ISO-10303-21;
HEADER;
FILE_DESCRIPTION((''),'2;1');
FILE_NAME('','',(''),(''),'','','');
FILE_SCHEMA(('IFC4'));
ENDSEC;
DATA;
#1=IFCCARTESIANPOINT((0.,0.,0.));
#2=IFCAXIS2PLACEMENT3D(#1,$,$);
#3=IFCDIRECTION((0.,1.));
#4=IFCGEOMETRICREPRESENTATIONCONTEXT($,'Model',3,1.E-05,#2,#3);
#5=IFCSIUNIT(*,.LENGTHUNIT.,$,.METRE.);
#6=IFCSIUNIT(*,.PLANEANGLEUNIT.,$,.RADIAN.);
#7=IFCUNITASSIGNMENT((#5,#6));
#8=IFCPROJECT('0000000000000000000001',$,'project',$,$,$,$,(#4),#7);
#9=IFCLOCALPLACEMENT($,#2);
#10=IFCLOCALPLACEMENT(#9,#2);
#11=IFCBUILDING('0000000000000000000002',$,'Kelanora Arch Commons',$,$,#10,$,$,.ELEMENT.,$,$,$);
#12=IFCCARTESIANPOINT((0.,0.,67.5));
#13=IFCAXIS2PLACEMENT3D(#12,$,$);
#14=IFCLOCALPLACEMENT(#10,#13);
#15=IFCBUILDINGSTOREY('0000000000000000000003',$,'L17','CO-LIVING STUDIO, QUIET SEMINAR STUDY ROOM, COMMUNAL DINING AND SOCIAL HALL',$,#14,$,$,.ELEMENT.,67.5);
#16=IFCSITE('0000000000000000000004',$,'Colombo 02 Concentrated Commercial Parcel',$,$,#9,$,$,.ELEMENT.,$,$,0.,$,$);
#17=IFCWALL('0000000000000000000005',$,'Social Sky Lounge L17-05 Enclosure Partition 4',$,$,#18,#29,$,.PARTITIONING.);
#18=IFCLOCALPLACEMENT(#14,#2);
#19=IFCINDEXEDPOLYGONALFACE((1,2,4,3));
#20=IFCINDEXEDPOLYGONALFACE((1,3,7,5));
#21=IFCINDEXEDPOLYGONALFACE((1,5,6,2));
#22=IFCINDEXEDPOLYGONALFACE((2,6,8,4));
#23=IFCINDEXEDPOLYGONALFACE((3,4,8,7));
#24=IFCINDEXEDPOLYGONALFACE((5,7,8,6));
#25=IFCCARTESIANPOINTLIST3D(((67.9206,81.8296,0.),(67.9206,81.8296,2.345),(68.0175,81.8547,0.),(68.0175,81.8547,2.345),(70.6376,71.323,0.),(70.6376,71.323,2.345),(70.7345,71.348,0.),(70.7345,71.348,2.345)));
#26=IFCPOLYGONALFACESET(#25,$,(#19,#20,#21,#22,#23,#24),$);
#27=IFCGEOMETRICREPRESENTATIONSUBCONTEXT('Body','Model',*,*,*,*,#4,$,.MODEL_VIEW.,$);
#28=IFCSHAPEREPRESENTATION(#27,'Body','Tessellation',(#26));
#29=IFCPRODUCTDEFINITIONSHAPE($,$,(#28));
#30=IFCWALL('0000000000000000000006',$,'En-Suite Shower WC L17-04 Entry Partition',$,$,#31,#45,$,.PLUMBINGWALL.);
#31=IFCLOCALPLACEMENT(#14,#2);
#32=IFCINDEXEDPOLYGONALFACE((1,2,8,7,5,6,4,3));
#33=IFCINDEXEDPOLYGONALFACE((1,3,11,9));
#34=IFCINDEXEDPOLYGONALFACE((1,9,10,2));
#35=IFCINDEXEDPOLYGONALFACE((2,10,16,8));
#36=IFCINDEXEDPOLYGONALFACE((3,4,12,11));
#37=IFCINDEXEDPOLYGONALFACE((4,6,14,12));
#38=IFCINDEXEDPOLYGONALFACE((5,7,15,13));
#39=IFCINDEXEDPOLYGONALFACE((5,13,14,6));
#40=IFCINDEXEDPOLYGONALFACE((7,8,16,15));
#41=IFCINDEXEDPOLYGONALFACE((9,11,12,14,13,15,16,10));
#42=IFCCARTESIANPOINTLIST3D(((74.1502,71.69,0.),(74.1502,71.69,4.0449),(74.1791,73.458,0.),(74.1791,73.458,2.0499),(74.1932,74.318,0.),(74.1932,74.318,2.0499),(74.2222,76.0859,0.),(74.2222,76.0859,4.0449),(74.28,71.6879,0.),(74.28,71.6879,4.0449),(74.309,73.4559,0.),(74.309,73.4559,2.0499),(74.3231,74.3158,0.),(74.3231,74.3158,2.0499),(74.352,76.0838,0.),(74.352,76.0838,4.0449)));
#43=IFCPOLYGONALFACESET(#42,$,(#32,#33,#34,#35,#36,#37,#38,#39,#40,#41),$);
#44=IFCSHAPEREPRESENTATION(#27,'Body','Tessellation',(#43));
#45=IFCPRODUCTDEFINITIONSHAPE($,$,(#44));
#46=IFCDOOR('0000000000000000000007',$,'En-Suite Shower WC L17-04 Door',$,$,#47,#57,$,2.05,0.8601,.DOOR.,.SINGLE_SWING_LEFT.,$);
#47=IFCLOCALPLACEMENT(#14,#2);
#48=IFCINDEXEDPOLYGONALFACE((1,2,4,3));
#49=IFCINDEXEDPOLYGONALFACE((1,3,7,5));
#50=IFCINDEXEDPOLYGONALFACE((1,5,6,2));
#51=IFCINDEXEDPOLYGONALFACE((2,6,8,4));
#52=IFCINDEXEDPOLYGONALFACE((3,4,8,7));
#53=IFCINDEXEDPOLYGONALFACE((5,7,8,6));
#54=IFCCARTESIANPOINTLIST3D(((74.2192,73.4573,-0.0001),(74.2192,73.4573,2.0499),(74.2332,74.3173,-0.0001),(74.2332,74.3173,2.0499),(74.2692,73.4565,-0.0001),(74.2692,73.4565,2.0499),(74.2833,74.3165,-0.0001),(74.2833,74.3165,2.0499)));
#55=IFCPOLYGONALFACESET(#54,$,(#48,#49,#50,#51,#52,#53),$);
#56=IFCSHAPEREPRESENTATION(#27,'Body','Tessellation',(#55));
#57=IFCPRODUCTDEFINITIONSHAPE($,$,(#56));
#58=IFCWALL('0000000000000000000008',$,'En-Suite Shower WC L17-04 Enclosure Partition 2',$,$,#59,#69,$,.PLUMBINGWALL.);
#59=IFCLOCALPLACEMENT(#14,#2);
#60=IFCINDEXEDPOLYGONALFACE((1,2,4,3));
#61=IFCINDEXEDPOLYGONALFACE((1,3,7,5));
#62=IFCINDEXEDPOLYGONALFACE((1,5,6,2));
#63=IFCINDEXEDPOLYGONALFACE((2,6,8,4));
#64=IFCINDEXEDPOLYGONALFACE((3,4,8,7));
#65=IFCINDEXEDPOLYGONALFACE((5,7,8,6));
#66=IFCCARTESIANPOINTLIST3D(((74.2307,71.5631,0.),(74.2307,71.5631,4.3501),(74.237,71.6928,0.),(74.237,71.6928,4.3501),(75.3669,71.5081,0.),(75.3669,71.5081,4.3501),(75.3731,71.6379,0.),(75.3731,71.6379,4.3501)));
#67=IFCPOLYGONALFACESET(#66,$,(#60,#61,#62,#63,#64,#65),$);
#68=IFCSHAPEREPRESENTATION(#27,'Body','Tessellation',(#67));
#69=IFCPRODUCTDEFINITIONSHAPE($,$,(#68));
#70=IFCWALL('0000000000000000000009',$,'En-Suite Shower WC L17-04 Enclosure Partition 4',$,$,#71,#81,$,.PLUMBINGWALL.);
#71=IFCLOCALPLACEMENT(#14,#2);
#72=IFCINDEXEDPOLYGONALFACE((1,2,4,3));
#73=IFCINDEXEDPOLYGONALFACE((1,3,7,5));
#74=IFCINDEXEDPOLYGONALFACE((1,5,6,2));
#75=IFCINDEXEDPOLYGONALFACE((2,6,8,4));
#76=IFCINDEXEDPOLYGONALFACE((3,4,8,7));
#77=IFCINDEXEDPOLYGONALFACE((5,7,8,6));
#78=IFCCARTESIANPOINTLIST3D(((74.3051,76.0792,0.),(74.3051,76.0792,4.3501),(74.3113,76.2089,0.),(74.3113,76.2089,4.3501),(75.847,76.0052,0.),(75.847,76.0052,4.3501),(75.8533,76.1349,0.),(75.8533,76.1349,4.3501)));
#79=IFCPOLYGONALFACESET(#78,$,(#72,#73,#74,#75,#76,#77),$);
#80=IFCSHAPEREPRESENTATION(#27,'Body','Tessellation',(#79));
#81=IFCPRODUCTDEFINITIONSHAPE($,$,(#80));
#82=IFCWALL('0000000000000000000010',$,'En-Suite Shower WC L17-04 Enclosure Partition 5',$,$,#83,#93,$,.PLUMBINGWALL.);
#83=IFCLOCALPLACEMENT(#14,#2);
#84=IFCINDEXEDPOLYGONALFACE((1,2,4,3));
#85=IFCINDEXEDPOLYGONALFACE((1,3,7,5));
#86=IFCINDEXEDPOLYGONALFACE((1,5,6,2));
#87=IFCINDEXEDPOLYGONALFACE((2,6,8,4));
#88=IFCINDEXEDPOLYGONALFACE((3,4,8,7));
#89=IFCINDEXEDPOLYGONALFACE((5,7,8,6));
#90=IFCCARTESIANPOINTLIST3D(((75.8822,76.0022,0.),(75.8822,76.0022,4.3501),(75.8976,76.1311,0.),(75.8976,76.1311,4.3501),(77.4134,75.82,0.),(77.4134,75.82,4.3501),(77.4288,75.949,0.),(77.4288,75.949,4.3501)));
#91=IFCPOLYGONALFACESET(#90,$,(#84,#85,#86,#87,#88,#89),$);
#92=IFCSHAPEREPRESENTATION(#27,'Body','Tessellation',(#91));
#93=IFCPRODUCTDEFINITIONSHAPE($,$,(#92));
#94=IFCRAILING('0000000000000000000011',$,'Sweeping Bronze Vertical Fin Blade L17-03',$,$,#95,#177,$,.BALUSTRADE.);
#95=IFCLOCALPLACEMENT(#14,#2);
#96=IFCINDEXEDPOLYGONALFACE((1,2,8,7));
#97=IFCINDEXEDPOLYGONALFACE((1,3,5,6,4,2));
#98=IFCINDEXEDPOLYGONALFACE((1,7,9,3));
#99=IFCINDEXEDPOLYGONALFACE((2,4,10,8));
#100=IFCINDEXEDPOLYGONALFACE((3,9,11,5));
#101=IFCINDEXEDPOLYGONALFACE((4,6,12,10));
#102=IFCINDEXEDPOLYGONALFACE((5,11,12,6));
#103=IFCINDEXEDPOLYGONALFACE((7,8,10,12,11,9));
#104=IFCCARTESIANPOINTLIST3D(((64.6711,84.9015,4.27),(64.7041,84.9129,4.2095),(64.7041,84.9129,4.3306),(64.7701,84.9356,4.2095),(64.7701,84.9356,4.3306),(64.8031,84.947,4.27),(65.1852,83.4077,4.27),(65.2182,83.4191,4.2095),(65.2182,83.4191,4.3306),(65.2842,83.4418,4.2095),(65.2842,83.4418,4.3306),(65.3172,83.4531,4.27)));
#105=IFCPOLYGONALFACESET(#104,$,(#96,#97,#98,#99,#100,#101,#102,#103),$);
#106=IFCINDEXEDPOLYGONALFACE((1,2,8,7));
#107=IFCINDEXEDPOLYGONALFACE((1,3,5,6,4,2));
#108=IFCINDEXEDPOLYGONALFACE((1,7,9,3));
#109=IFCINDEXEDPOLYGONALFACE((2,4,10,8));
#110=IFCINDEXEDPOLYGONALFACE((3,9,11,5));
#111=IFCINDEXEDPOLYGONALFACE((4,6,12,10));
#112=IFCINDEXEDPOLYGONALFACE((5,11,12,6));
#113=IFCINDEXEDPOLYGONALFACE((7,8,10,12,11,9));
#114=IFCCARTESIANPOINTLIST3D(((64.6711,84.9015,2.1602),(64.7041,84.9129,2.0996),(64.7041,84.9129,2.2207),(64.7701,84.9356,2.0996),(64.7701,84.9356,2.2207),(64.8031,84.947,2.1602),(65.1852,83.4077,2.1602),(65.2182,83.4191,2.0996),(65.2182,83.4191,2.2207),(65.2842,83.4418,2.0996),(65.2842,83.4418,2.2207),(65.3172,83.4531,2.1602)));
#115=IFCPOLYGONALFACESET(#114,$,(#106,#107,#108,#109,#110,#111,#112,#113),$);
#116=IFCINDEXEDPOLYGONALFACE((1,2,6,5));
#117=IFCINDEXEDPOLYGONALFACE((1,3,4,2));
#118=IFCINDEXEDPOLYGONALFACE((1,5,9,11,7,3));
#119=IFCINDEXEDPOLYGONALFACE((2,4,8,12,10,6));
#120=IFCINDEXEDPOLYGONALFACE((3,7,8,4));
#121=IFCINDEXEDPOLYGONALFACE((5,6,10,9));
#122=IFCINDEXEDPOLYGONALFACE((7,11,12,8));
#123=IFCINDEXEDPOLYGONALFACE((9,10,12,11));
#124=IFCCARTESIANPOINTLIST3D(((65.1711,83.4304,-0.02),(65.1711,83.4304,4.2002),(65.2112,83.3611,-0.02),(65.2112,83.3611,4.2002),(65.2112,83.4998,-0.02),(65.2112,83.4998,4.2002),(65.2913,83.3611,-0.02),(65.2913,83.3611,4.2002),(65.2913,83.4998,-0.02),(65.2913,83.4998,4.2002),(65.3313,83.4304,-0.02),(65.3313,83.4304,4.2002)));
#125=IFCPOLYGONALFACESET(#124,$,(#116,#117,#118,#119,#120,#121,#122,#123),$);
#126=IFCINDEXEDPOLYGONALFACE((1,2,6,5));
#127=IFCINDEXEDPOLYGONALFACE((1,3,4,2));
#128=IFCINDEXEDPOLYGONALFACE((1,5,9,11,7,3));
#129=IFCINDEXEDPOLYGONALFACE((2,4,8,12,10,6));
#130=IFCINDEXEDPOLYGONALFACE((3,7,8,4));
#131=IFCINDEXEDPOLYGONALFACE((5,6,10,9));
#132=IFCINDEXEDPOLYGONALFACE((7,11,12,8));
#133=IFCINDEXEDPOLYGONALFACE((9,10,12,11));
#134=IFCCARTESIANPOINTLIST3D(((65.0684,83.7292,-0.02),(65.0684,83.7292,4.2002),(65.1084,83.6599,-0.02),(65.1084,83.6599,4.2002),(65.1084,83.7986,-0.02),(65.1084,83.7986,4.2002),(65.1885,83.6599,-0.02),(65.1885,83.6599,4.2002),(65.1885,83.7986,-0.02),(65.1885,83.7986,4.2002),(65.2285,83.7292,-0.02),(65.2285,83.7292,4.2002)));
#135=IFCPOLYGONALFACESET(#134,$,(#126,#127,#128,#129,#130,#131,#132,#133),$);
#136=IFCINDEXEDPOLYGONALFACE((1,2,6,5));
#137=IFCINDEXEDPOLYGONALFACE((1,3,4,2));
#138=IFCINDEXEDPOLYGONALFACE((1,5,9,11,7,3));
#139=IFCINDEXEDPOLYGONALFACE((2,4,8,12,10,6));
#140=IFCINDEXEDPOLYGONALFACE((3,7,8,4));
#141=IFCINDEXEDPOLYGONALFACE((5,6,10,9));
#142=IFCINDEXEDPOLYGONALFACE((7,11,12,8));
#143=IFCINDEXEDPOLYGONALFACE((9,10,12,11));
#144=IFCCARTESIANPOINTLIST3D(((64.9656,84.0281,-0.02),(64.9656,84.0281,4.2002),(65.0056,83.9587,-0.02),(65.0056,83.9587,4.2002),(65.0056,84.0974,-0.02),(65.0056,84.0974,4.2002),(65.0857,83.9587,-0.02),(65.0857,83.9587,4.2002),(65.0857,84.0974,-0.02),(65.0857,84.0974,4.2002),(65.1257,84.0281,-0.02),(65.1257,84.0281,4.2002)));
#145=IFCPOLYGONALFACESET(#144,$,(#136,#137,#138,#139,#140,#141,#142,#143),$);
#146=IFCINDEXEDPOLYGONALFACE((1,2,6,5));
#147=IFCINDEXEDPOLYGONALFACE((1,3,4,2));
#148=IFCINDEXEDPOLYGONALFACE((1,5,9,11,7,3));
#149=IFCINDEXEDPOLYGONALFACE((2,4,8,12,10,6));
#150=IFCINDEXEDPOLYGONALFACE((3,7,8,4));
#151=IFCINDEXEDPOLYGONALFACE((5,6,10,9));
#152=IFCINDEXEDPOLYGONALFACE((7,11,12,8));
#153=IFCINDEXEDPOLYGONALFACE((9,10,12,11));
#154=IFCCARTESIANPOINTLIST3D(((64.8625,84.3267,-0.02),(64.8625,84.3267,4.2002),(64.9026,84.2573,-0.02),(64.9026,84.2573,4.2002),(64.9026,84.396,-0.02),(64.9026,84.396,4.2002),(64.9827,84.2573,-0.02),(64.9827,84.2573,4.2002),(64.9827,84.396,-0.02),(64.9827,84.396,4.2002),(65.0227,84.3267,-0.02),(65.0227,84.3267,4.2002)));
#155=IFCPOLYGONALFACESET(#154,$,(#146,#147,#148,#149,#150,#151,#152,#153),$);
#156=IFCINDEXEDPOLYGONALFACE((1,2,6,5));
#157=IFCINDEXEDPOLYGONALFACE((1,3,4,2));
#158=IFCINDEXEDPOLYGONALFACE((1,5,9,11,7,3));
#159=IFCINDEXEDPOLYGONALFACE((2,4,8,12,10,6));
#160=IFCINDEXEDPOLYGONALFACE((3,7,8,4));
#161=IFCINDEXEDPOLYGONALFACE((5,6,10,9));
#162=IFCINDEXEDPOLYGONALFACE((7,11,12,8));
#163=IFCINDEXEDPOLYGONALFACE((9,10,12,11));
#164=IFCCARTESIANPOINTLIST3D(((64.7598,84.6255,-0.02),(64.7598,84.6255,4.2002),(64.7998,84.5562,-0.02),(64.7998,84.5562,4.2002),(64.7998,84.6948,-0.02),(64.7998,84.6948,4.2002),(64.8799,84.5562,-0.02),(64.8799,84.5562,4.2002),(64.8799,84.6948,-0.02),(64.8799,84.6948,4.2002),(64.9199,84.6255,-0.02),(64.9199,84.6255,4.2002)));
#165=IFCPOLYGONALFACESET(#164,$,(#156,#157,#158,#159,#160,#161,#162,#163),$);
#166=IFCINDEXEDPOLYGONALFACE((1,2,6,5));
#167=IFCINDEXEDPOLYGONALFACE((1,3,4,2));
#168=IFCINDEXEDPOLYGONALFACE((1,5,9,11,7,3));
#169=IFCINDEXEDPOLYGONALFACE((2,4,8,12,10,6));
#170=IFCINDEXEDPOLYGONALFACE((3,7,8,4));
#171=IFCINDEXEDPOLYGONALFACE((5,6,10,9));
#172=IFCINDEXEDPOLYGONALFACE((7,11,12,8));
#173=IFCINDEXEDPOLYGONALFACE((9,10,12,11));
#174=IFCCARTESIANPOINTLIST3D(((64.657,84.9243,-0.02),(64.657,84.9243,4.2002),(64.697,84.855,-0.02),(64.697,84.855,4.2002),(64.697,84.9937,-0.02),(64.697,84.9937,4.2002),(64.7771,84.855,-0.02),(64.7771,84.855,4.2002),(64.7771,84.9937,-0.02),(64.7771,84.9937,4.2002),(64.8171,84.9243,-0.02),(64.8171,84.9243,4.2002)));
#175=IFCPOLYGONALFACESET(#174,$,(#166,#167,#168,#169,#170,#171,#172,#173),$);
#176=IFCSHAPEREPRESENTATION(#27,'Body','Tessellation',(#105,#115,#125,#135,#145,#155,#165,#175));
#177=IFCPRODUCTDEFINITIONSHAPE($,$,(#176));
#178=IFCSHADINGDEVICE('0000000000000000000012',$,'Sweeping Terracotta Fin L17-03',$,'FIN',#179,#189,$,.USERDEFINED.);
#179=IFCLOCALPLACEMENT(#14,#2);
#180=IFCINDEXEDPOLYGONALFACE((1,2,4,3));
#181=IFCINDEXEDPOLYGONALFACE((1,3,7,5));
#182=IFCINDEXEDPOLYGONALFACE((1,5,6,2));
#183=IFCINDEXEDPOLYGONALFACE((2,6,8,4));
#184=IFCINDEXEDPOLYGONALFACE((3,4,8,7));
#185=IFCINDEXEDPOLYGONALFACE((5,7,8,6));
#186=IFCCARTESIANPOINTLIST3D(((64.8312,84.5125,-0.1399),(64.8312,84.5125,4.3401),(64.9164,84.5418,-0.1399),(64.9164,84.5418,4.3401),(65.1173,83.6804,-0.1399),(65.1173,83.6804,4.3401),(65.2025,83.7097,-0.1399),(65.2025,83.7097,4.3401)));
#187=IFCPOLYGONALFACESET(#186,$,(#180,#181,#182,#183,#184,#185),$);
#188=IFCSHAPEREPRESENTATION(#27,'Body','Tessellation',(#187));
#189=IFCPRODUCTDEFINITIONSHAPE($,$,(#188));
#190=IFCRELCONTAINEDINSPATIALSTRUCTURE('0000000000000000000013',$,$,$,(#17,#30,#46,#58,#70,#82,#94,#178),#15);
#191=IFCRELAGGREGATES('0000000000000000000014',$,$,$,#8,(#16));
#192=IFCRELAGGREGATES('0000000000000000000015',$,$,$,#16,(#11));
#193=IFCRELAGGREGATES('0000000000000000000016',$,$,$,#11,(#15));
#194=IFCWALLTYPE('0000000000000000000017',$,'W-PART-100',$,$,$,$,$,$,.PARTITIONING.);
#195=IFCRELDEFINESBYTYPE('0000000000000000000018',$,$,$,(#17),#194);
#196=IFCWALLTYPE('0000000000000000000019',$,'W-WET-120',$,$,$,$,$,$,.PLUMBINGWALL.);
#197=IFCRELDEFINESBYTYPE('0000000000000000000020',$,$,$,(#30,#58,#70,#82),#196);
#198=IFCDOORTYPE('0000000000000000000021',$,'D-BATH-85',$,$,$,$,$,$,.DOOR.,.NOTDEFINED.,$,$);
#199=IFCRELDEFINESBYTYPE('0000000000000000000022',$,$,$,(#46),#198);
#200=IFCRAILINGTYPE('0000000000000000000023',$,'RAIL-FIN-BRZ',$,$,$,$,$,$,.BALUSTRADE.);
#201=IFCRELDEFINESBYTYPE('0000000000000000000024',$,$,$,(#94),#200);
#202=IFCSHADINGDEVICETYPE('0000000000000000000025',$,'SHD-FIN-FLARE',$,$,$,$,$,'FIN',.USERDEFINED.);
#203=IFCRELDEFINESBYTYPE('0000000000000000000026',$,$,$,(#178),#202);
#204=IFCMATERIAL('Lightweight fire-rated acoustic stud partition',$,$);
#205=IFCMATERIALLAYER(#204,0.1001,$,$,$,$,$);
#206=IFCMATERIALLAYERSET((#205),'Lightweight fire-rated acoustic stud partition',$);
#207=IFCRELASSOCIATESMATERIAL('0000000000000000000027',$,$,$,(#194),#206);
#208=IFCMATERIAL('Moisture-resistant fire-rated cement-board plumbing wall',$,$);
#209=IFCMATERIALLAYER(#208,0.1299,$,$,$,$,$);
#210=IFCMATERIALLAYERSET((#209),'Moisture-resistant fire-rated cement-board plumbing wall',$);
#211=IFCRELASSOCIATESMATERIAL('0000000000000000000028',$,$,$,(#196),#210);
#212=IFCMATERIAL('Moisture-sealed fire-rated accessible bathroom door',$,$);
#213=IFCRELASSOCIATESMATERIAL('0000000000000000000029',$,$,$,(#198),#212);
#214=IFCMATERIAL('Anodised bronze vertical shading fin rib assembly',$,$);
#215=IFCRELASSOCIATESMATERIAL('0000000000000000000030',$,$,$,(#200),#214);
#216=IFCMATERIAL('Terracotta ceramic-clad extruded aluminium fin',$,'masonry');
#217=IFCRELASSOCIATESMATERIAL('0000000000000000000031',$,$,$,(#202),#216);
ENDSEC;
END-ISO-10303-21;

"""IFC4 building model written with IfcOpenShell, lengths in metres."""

from ifc_helpers import new_model, si_unit, direction, frame, frame_2d, origin, origin_2d, place, context, subcontext, project, spatial, polyline, rectangle, outline, extrude, source, transform, mapped, material, layer, layer_set, type_object, element, fill, save


model = new_model("IFC4")

# Units and contexts
model_context = context("Model", 3, precision=1e-05, world=origin(), true_north=direction((0.0, 1.0)))
body_context = subcontext(model_context, "Body", "Model", "MODEL_VIEW")
ifc_project = project(units=[si_unit("LENGTHUNIT", "METRE"), si_unit("PLANEANGLEUNIT", "RADIAN")], contexts=[model_context])

# Site, building, storey
site_placement = place(None, origin())
site = spatial("IfcSite", under=ifc_project, at=site_placement, Name="Colombo 02 Concentrated Commercial Parcel", CompositionType="ELEMENT", RefElevation=0.0)
building_placement = place(site_placement, origin())
building = spatial("IfcBuilding", under=site, at=building_placement, Name="Kelanora Arch Commons", CompositionType="ELEMENT")
storey_placement = place(building_placement, frame((0.0, 0.0, 67.5)))
storey = spatial("IfcBuildingStorey", under=building, at=storey_placement, Name="L17", Description="CO-LIVING STUDIO, QUIET SEMINAR STUDY ROOM, COMMUNAL DINING AND SOCIAL HALL", CompositionType="ELEMENT", Elevation=67.5)

# Wall
ifc_material_1 = material(Name="Lightweight fire-rated acoustic stud partition")
ifc_layer_1 = layer(ifc_material_1, 0.1001)
ifc_layer_set_1 = layer_set([ifc_layer_1], Name="Lightweight fire-rated acoustic stud partition")
wall_type_1 = type_object("IfcWallType", Name="W-PART-100", PredefinedType="PARTITIONING", material=ifc_layer_set_1)
wall_1_placement = place(storey_placement, frame((67.969, 81.8423, 0.0), z_axis=(0.0, 0.0, 1.0), x_axis=(0.250367, -0.968151, 0.0)))
element("IfcWall", 1, at=wall_1_placement, inside=storey, type_object=wall_type_1, Name="Social Sky Lounge L17-05 Enclosure Partition 4", PredefinedType="PARTITIONING", context=body_context, shape_type="SweptSolid", body=[
    extrude(rectangle(XDim=10.8523, YDim=0.1001, at=frame_2d((5.4263, 0.0))), origin(), (0.0, 0.0, 1.0), 2.345),
])

# Wall, opening, door
ifc_material_2 = material(Name="Moisture-resistant fire-rated cement-board plumbing wall")
ifc_layer_2 = layer(ifc_material_2, 0.1299)
ifc_layer_set_2 = layer_set([ifc_layer_2], Name="Moisture-resistant fire-rated cement-board plumbing wall")
wall_type_2 = type_object("IfcWallType", Name="W-WET-120", PredefinedType="PLUMBINGWALL", material=ifc_layer_set_2)
wall_2_placement = place(storey_placement, frame((74.2151, 71.689, 0.0), z_axis=(0.0, 0.0, 1.0), x_axis=(0.016381, 0.999866, 0.0)))
wall_2 = element("IfcWall", 2, at=wall_2_placement, inside=storey, type_object=wall_type_2, Name="En-Suite Shower WC L17-04 Entry Partition", PredefinedType="PLUMBINGWALL", context=body_context, shape_type="SweptSolid", body=[
    extrude(rectangle(XDim=4.3965, YDim=0.1299, at=frame_2d((2.1982, 0.0))), origin(), (0.0, 0.0, 1.0), 4.0449),
])
opening_1_placement = place(wall_2_placement, frame((1.7681, 0.0, 0.0)))
opening_1 = element("IfcOpeningElement", 3, at=opening_1_placement, cuts=wall_2, PredefinedType="OPENING", context=body_context, shape_type="SweptSolid", body=[
    extrude(rectangle(XDim=0.8601, YDim=2.05, at=frame_2d((0.4302, 1.0249))), frame((0.0, 0.075, 0.0), z_axis=(0.0, -1.0, 0.0), x_axis=(1.0, 0.0, 0.0)), (0.0, 0.0, 1.0), 0.1499),
])
ifc_material_3 = material(Name="Moisture-sealed fire-rated accessible bathroom door")
door_type_1 = type_object("IfcDoorType", Name="D-BATH-85", OperationType="NOTDEFINED", PredefinedType="DOOR", material=ifc_material_3)
door_1_placement = place(opening_1_placement, origin())
door_1 = element("IfcDoor", 4, at=door_1_placement, inside=storey, type_object=door_type_1, Name="En-Suite Shower WC L17-04 Door", OperationType="SINGLE_SWING_LEFT", OverallHeight=2.05, OverallWidth=0.8601, PredefinedType="DOOR", context=body_context, shape_type="SweptSolid", body=[
    extrude(rectangle(XDim=0.8601, YDim=2.05, at=frame_2d((0.4302, 1.0249))), frame((0.0, 0.0249, 0.0), z_axis=(0.0, -1.0, 0.0), x_axis=(1.0, 0.0, 0.0)), (0.0, 0.0, 1.0), 0.05),
])
fill(opening_1, door_1)

# Walls
wall_3_placement = place(storey_placement, frame((75.3701, 71.573, 0.0), z_axis=(0.0, 0.0, 1.0), x_axis=(-0.998833, 0.048289, 0.0)))
element("IfcWall", 5, at=wall_3_placement, inside=storey, type_object=wall_type_2, Name="En-Suite Shower WC L17-04 Enclosure Partition 2", PredefinedType="PLUMBINGWALL", context=body_context, shape_type="SweptSolid", body=[
    extrude(rectangle(XDim=1.1375, YDim=0.1299, at=frame_2d((0.5688, 0.0))), origin(), (0.0, 0.0, 1.0), 4.3501),
])
wall_4_placement = place(storey_placement, frame((74.3081, 76.144, 0.0), z_axis=(0.0, 0.0, 1.0), x_axis=(0.998851, -0.047918, 0.0)))
element("IfcWall", 6, at=wall_4_placement, inside=storey, type_object=wall_type_2, Name="En-Suite Shower WC L17-04 Enclosure Partition 4", PredefinedType="PLUMBINGWALL", context=body_context, shape_type="SweptSolid", body=[
    extrude(rectangle(XDim=1.5437, YDim=0.1299, at=frame_2d((0.772, 0.0))), origin(), (0.0, 0.0, 1.0), 4.3501),
])
wall_5_placement = place(storey_placement, frame((75.8899, 76.0667, 0.0), z_axis=(0.0, 0.0, 1.0), x_axis=(0.993001, -0.118109, 0.0)))
element("IfcWall", 7, at=wall_5_placement, inside=storey, type_object=wall_type_2, Name="En-Suite Shower WC L17-04 Enclosure Partition 5", PredefinedType="PLUMBINGWALL", context=body_context, shape_type="SweptSolid", body=[
    extrude(rectangle(XDim=1.542, YDim=0.1299, at=frame_2d((0.771, 0.0))), origin(), (0.0, 0.0, 1.0), 4.3501),
])

# Railing
ifc_material_4 = material(Name="Anodised bronze vertical shading fin rib assembly")
railing_type = type_object("IfcRailingType", Name="RAIL-FIN-BRZ", PredefinedType="BALUSTRADE", material=ifc_material_4)
railing_placement = place(storey_placement, frame((65.2512, 83.4304, -0.02)))
element("IfcRailing", 8, at=railing_placement, inside=storey, type_object=railing_type, Name="Sweeping Bronze Vertical Fin Blade L17-03", PredefinedType="BALUSTRADE", context=body_context, shape_type="SweptSolid", body=[
    extrude(outline(polyline([(0.0698, 0.0), (0.0349, 0.0605), (-0.0349, 0.0605), (-0.0698, 0.0), (-0.0349, -0.0605), (0.0349, -0.0605), (0.0698, 0.0)])), frame((0.0, 0.0, 4.29), z_axis=(-0.325438, 0.945563, 0.0), x_axis=(-0.945563, -0.325438, 0.0)), (0.0, 0.0, 1.0), 1.5798),
    extrude(outline(polyline([(0.0698, 0.0), (0.0349, 0.0605), (-0.0349, 0.0605), (-0.0698, 0.0), (-0.0349, -0.0605), (0.0349, -0.0605), (0.0698, 0.0)])), frame((0.0, 0.0, 2.1802), z_axis=(-0.325438, 0.945563, 0.0), x_axis=(-0.945563, -0.325438, 0.0)), (0.0, 0.0, 1.0), 1.5798),
    extrude(outline(polyline([(0.0801, 0.0), (0.04, 0.0693), (-0.04, 0.0693), (-0.0801, 0.0), (-0.04, -0.0693), (0.04, -0.0693), (0.0801, 0.0)])), origin(), (0.0, 0.0, 1.0), 4.2202),
    extrude(outline(polyline([(0.0801, 0.0), (0.04, 0.0693), (-0.04, 0.0693), (-0.0801, 0.0), (-0.04, -0.0693), (0.04, -0.0693), (0.0801, 0.0)])), frame((-0.1028, 0.2988, 0.0)), (0.0, 0.0, 1.0), 4.2202),
    extrude(outline(polyline([(0.0801, 0.0), (0.04, 0.0693), (-0.04, 0.0693), (-0.0801, 0.0), (-0.04, -0.0693), (0.04, -0.0693), (0.0801, 0.0)])), frame((-0.2056, 0.5977, 0.0)), (0.0, 0.0, 1.0), 4.2202),
    extrude(outline(polyline([(0.0801, 0.0), (0.04, 0.0693), (-0.04, 0.0693), (-0.0801, 0.0), (-0.04, -0.0693), (0.04, -0.0693), (0.0801, 0.0)])), frame((-0.3086, 0.8962, 0.0)), (0.0, 0.0, 1.0), 4.2202),
    extrude(outline(polyline([(0.0801, 0.0), (0.04, 0.0693), (-0.04, 0.0693), (-0.0801, 0.0), (-0.04, -0.0693), (0.04, -0.0693), (0.0801, 0.0)])), frame((-0.4114, 1.1951, 0.0)), (0.0, 0.0, 1.0), 4.2202),
    extrude(outline(polyline([(0.0801, 0.0), (0.04, 0.0693), (-0.04, 0.0693), (-0.0801, 0.0), (-0.04, -0.0693), (0.04, -0.0693), (0.0801, 0.0)])), frame((-0.5142, 1.4939, 0.0)), (0.0, 0.0, 1.0), 4.2202),
])

# Shading device
ifc_material_5 = material(Name="Terracotta ceramic-clad extruded aluminium fin", Category="masonry")
shading_device_type = type_object("IfcShadingDeviceType", Name="SHD-FIN-FLARE", ElementType="FIN", PredefinedType="USERDEFINED", material=ifc_material_5)
shared_shape_1 = source(origin(), body_context, "Body", "SweptSolid", [
    extrude(rectangle(XDim=0.8799, YDim=0.0901, at=origin_2d()), origin(), (0.0, 0.0, 1.0), 4.48),
])
shading_device_placement = place(storey_placement, frame((65.0168, 84.1111, -0.1399), z_axis=(0.0, 0.0, 1.0), x_axis=(-0.325238, 0.945632, 0.0)))
element("IfcShadingDevice", 9, at=shading_device_placement, inside=storey, type_object=shading_device_type, Name="Sweeping Terracotta Fin L17-03", ObjectType="FIN", PredefinedType="USERDEFINED", context=body_context, shape_type="MappedRepresentation", body=[
    mapped(shared_shape_1, transform((0.0, 0.0, 0.0), scale=1.0)),
])

save(model, "model.ifc")
